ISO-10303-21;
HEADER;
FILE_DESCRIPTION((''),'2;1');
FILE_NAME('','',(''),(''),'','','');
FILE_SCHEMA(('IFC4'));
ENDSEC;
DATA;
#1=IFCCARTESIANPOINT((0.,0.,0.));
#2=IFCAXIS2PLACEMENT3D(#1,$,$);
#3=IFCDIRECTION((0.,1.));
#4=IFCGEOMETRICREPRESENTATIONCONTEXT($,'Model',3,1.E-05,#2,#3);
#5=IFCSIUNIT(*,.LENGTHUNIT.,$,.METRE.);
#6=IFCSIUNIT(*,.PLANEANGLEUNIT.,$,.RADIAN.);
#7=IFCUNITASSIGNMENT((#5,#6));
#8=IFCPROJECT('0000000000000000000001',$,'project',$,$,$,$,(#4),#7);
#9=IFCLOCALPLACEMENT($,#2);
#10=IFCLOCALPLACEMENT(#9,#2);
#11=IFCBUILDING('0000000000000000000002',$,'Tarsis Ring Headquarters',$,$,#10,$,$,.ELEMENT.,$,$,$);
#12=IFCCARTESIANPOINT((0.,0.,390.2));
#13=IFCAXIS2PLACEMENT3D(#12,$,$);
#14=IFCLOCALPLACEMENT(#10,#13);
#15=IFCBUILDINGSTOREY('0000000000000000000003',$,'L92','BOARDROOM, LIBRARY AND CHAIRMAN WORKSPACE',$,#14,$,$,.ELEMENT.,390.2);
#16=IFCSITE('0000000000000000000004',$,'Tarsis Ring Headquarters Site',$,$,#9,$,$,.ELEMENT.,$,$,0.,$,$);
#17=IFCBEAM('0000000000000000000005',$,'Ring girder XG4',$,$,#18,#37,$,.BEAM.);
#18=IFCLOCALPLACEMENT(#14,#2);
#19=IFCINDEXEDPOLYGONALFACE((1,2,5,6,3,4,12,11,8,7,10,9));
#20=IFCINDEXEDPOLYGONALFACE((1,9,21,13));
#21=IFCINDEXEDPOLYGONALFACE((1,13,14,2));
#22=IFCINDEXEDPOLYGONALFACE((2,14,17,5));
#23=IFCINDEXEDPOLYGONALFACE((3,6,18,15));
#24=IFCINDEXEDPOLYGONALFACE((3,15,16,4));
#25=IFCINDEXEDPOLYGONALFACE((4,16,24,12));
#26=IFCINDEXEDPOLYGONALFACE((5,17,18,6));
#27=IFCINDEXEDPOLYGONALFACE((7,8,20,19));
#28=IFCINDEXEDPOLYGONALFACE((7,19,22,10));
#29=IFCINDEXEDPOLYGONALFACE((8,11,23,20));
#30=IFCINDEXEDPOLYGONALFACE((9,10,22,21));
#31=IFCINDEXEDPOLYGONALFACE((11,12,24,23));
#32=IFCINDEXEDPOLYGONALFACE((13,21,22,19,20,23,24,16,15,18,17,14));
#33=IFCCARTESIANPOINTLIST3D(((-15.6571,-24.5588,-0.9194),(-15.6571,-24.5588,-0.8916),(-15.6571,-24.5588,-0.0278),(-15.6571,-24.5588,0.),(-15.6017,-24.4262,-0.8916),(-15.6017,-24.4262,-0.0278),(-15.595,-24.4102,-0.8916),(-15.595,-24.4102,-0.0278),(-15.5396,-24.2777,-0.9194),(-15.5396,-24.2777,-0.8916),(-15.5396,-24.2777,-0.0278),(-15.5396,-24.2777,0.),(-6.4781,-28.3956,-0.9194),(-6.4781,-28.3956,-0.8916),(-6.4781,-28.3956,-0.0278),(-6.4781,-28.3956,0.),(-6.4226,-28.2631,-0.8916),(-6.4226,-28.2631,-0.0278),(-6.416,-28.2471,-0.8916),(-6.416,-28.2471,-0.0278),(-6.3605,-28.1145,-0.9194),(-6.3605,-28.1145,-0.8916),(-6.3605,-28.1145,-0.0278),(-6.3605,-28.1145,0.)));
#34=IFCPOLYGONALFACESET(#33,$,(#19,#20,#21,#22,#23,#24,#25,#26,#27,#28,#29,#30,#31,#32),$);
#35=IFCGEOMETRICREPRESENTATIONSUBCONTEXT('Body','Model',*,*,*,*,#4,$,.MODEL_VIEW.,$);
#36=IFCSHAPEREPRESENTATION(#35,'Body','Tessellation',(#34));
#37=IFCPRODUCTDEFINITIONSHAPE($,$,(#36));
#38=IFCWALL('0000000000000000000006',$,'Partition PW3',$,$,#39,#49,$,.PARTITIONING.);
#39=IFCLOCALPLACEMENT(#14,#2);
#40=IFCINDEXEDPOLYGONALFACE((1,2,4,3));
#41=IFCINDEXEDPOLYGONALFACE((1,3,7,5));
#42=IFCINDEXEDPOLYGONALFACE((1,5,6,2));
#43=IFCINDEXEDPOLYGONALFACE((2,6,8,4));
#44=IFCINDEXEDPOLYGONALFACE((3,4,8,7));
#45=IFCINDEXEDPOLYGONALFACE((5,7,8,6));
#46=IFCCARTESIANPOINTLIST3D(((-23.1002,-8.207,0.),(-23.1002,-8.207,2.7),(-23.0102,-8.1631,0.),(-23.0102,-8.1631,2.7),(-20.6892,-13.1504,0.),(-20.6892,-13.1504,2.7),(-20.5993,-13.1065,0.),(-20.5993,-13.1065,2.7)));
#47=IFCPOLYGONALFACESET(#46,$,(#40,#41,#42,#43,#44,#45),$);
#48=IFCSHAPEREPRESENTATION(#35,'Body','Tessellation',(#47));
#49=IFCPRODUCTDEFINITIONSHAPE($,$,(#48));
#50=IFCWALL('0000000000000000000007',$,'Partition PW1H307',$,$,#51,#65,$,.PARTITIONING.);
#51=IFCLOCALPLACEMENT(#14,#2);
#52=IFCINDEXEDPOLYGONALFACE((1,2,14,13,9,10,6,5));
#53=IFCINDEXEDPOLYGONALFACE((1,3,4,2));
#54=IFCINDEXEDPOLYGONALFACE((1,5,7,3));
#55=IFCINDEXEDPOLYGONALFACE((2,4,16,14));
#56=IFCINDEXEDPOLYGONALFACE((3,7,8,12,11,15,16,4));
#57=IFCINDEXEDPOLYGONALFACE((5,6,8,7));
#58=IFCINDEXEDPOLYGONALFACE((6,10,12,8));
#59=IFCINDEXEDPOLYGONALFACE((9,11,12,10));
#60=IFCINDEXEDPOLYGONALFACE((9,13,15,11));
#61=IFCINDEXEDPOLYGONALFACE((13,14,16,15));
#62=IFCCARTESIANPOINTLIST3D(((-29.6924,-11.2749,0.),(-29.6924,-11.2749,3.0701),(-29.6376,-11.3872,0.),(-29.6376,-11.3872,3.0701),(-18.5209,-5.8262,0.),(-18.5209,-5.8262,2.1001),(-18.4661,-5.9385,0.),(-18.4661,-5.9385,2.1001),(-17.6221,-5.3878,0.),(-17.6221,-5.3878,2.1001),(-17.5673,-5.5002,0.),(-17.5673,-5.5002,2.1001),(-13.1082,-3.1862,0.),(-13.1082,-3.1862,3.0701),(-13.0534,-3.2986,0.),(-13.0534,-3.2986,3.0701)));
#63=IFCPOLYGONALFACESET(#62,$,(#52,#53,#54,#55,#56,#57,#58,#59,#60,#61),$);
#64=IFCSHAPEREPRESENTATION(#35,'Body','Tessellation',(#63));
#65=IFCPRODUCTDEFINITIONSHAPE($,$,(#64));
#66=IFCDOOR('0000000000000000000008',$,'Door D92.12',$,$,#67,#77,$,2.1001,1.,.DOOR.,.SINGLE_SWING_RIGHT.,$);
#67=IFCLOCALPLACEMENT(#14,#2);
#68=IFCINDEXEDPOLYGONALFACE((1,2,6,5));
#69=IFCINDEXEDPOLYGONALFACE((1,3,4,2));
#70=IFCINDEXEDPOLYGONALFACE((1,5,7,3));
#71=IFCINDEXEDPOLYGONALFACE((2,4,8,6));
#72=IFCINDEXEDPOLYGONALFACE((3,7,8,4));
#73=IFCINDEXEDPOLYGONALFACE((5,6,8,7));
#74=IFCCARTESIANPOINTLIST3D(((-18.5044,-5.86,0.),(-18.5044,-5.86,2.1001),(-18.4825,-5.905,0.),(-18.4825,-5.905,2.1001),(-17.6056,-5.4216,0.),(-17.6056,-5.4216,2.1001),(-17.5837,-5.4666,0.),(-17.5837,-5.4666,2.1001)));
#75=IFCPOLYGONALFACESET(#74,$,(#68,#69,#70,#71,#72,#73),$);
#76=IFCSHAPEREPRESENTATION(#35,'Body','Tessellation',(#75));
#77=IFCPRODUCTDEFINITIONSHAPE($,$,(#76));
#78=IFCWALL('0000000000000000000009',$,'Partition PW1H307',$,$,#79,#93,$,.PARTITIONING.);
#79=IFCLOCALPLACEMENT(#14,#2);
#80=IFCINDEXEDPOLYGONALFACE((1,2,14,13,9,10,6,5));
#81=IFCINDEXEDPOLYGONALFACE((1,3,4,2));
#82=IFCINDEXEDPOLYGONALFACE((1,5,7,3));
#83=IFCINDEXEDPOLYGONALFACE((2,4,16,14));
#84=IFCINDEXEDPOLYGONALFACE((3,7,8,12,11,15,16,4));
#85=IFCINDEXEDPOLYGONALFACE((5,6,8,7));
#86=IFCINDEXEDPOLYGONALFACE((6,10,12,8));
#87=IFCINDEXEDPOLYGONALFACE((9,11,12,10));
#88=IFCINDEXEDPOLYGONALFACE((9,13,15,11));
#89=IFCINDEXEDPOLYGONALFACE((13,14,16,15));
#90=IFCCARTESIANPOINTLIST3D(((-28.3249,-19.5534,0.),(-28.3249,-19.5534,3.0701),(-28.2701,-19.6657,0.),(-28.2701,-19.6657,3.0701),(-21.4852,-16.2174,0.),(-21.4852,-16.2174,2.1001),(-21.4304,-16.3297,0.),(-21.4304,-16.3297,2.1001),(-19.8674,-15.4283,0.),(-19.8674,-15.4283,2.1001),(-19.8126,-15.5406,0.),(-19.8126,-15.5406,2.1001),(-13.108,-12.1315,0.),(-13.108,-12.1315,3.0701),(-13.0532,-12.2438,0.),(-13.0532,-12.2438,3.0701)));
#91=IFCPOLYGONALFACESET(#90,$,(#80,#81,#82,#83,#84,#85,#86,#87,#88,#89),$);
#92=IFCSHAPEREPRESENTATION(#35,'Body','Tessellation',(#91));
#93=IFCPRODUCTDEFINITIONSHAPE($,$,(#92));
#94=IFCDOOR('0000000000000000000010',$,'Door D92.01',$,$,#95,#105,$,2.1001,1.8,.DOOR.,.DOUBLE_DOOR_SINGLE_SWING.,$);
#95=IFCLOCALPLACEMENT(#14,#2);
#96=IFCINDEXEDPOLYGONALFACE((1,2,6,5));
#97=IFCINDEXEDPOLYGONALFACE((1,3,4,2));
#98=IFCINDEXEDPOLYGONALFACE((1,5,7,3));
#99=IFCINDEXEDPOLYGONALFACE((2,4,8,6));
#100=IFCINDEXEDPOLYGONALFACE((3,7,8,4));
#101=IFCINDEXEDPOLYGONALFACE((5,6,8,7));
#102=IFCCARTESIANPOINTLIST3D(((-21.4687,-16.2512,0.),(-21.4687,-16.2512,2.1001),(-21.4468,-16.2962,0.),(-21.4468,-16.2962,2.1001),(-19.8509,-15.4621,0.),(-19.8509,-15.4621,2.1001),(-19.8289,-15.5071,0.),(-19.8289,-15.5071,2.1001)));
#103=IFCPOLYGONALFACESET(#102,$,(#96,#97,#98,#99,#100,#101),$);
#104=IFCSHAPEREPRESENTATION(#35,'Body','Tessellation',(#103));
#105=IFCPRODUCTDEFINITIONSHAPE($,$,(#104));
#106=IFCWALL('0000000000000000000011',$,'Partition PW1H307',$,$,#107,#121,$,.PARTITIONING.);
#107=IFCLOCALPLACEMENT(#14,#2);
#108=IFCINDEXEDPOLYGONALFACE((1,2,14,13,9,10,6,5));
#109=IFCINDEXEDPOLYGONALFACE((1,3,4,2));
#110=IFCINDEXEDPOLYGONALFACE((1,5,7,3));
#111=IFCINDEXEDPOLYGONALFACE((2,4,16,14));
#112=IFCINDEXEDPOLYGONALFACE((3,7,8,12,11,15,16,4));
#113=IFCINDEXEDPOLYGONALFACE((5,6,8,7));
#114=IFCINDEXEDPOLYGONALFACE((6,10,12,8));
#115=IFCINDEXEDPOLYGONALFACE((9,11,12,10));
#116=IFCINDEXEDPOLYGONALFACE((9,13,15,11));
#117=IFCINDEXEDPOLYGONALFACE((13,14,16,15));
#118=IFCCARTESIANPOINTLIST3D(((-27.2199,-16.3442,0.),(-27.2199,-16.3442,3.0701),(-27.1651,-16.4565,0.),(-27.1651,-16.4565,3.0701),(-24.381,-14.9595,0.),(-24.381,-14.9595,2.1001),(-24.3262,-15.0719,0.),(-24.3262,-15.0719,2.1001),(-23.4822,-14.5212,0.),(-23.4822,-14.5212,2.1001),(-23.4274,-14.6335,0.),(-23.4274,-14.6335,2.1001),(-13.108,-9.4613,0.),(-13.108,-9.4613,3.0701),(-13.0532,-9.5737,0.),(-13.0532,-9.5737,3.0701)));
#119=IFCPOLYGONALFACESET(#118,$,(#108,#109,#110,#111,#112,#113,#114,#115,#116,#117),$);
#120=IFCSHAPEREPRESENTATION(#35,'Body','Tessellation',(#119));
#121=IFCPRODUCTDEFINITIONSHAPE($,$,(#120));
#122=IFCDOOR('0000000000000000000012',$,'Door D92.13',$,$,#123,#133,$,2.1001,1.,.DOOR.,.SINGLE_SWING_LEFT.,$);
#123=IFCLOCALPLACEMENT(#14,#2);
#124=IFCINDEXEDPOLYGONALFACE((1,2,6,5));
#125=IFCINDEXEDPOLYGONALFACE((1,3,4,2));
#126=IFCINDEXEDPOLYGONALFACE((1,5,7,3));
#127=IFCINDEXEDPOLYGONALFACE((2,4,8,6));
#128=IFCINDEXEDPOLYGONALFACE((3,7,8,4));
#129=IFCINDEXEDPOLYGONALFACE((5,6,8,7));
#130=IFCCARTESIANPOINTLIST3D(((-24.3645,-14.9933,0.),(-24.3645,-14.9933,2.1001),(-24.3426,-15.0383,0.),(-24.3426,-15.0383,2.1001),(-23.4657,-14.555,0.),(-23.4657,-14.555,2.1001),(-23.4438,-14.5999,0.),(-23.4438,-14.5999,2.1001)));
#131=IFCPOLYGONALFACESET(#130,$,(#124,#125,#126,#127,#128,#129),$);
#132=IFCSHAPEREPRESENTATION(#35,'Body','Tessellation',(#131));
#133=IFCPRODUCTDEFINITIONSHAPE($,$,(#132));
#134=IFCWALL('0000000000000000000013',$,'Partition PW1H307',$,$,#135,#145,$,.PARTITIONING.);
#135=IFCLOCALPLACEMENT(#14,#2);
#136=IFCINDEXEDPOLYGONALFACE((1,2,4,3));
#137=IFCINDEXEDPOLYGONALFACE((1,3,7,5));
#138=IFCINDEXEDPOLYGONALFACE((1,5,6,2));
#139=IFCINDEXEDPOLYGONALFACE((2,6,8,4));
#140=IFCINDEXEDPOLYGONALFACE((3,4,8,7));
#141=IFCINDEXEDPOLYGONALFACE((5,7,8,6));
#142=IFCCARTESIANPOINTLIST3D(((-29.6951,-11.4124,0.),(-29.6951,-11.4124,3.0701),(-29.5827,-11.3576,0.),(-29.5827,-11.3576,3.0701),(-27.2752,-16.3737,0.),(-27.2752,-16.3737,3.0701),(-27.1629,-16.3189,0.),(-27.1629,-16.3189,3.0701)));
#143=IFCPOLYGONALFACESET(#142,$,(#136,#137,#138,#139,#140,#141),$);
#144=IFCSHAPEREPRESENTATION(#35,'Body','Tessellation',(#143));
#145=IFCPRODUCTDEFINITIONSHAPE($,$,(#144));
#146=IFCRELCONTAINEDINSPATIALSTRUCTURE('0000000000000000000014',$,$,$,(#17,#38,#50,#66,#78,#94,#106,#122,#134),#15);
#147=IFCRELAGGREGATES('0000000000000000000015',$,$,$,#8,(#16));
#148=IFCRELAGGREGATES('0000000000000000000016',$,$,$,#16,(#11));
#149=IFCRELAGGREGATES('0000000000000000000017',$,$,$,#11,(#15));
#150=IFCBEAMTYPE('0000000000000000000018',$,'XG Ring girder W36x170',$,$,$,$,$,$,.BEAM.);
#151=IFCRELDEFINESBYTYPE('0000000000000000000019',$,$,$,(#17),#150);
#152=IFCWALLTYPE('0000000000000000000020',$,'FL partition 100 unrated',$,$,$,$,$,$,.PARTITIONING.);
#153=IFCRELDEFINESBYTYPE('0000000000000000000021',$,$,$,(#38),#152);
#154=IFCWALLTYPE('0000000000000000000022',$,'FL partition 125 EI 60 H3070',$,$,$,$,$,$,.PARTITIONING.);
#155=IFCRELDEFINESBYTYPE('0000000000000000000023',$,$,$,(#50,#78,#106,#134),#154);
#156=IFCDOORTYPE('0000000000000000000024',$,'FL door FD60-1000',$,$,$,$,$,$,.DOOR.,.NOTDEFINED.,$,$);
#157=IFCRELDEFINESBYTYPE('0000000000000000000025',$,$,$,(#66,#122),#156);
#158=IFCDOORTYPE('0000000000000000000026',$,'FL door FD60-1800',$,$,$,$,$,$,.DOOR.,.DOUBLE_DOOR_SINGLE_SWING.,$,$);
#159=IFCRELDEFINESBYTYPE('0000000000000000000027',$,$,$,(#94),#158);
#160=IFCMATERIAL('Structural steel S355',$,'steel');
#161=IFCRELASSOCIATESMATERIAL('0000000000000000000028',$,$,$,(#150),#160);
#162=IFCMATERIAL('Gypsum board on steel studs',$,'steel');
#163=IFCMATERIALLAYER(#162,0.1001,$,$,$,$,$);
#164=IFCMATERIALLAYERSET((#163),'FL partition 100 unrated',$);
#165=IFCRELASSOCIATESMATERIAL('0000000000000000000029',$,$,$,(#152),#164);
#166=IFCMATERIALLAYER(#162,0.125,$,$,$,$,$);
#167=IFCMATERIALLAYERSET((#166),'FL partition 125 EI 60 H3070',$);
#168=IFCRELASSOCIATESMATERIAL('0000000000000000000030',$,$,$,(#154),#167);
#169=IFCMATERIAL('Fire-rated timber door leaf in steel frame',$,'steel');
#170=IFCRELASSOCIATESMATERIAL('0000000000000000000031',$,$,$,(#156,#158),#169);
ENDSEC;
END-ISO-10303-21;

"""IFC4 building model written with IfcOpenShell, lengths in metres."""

from ifc_helpers import new_model, si_unit, direction, frame, frame_2d, origin, origin_2d, place, context, subcontext, project, spatial, rectangle, i_section, extrude, material, layer, layer_set, material_profile, profile_set, type_object, element, fill, save


model = new_model("IFC4")

# Units and contexts
model_context = context("Model", 3, precision=1e-05, world=origin(), true_north=direction((0.0, 1.0)))
body_context = subcontext(model_context, "Body", "Model", "MODEL_VIEW")
ifc_project = project(units=[si_unit("LENGTHUNIT", "METRE"), si_unit("PLANEANGLEUNIT", "RADIAN")], contexts=[model_context])

# Site, building, storey
site_placement = place(None, origin())
site = spatial("IfcSite", under=ifc_project, at=site_placement, Name="Tarsis Ring Headquarters Site", CompositionType="ELEMENT", RefElevation=0.0)
building_placement = place(site_placement, origin())
building = spatial("IfcBuilding", under=site, at=building_placement, Name="Tarsis Ring Headquarters", CompositionType="ELEMENT")
storey_placement = place(building_placement, frame((0.0, 0.0, 390.2)))
storey = spatial("IfcBuildingStorey", under=building, at=storey_placement, Name="L92", Description="BOARDROOM, LIBRARY AND CHAIRMAN WORKSPACE", CompositionType="ELEMENT", Elevation=390.2)

# Shared definitions
ifc_material_1 = material(Name="Structural steel S355", Category="steel")

# Beam
ifc_material_profile_1 = material_profile(ifc_material_1, i_section(OverallWidth=0.3047, OverallDepth=0.9194, WebThickness=0.0173, FlangeThickness=0.0278, at=origin_2d()), Name="W36x170")
ifc_profile_set_1 = profile_set([ifc_material_profile_1], Name="Structural steel S355")
beam_type = type_object("IfcBeamType", Name="XG Ring girder W36x170", PredefinedType="BEAM", material=ifc_profile_set_1)
beam_1_placement = place(storey_placement, frame((-15.5984, -24.4182, -0.4597), z_axis=(0.922639, -0.385664, 0.0), x_axis=(0.385664, 0.922639, 0.0)))
element("IfcBeam", 1, at=beam_1_placement, inside=storey, type_object=beam_type, Name="Ring girder XG4", PredefinedType="BEAM", context=body_context, shape_type="SweptSolid", body=[
    extrude(i_section(OverallWidth=0.3047, OverallDepth=0.9194, WebThickness=0.0173, FlangeThickness=0.0278, at=origin_2d()), origin(), (0.0, 0.0, 1.0), 9.9487),
])

# Wall
ifc_material_2 = material(Name="Gypsum board on steel studs", Category="steel")
ifc_layer_1 = layer(ifc_material_2, 0.1001)
ifc_layer_set_1 = layer_set([ifc_layer_1], Name="FL partition 100 unrated")
wall_type_1 = type_object("IfcWallType", Name="FL partition 100 unrated", PredefinedType="PARTITIONING", material=ifc_layer_set_1)
wall_1_placement = place(storey_placement, frame((-23.0552, -8.1851, 0.0), z_axis=(0.0, 0.0, 1.0), x_axis=(0.438349, -0.898805, 0.0)))
element("IfcWall", 2, at=wall_1_placement, inside=storey, type_object=wall_type_1, Name="Partition PW3", PredefinedType="PARTITIONING", context=body_context, shape_type="SweptSolid", body=[
    extrude(rectangle(XDim=5.5, YDim=0.1001, at=frame_2d((2.75, 0.0))), origin(), (0.0, 0.0, 1.0), 2.7),
])

# Walls, openings, doors
ifc_layer_2 = layer(ifc_material_2, 0.125)
ifc_layer_set_2 = layer_set([ifc_layer_2], Name="FL partition 125 EI 60 H3070")
wall_type_2 = type_object("IfcWallType", Name="FL partition 125 EI 60 H3070", PredefinedType="PARTITIONING", material=ifc_layer_set_2)
wall_2_placement = place(storey_placement, frame((-29.665, -11.3311, 0.0), z_axis=(0.0, 0.0, 1.0), x_axis=(0.898795, 0.438369, 0.0)))
wall_2 = element("IfcWall", 3, at=wall_2_placement, inside=storey, type_object=wall_type_2, Name="Partition PW1H307", PredefinedType="PARTITIONING", context=body_context, shape_type="SweptSolid", body=[
    extrude(rectangle(XDim=18.4517, YDim=0.125, at=frame_2d((9.2258, 0.0))), origin(), (0.0, 0.0, 1.0), 3.0701),
])
opening_1_placement = place(wall_2_placement, frame((12.4294, 0.0, 0.0)))
opening_1 = element("IfcOpeningElement", 4, at=opening_1_placement, cuts=wall_2, PredefinedType="OPENING", context=body_context, shape_type="SweptSolid", body=[
    extrude(rectangle(XDim=1.0, YDim=2.1001, at=frame_2d((0.5, 1.05))), frame((0.0, 0.0725, 0.0), z_axis=(0.0, -1.0, 0.0), x_axis=(1.0, 0.0, 0.0)), (0.0, 0.0, 1.0), 0.145),
])
ifc_material_3 = material(Name="Fire-rated timber door leaf in steel frame", Category="steel")
door_type_1 = type_object("IfcDoorType", Name="FL door FD60-1000", OperationType="NOTDEFINED", PredefinedType="DOOR", material=ifc_material_3)
door_1_placement = place(opening_1_placement, origin())
door_1 = element("IfcDoor", 5, at=door_1_placement, inside=storey, type_object=door_type_1, Name="Door D92.12", OperationType="SINGLE_SWING_RIGHT", OverallHeight=2.1001, OverallWidth=1.0, PredefinedType="DOOR", context=body_context, shape_type="SweptSolid", body=[
    extrude(rectangle(XDim=1.0, YDim=2.1001, at=frame_2d((0.5, 1.05))), frame((0.0, 0.0249, 0.0), z_axis=(0.0, -1.0, 0.0), x_axis=(1.0, 0.0, 0.0)), (0.0, 0.0, 1.0), 0.05),
])
fill(opening_1, door_1)
wall_3_placement = place(storey_placement, frame((-28.2976, -19.6096, 0.0), z_axis=(0.0, 0.0, 1.0), x_axis=(0.898791, 0.438378, 0.0)))
wall_3 = element("IfcWall", 6, at=wall_3_placement, inside=storey, type_object=wall_type_2, Name="Partition PW1H307", PredefinedType="PARTITIONING", context=body_context, shape_type="SweptSolid", body=[
    extrude(rectangle(XDim=16.9304, YDim=0.125, at=frame_2d((8.4653, 0.0))), origin(), (0.0, 0.0, 1.0), 3.0701),
])
opening_2_placement = place(wall_3_placement, frame((7.6101, 0.0, 0.0)))
opening_2 = element("IfcOpeningElement", 7, at=opening_2_placement, cuts=wall_3, PredefinedType="OPENING", context=body_context, shape_type="SweptSolid", body=[
    extrude(rectangle(XDim=1.8, YDim=2.1001, at=frame_2d((0.8999, 1.05))), frame((0.0, 0.0725, 0.0), z_axis=(0.0, -1.0, 0.0), x_axis=(1.0, 0.0, 0.0)), (0.0, 0.0, 1.0), 0.145),
])
door_type_2 = type_object("IfcDoorType", Name="FL door FD60-1800", OperationType="DOUBLE_DOOR_SINGLE_SWING", PredefinedType="DOOR", material=ifc_material_3)
door_2_placement = place(opening_2_placement, origin())
door_2 = element("IfcDoor", 8, at=door_2_placement, inside=storey, type_object=door_type_2, Name="Door D92.01", OperationType="DOUBLE_DOOR_SINGLE_SWING", OverallHeight=2.1001, OverallWidth=1.8, PredefinedType="DOOR", context=body_context, shape_type="SweptSolid", body=[
    extrude(rectangle(XDim=1.8, YDim=2.1001, at=frame_2d((0.8999, 1.05))), frame((0.0, 0.0249, 0.0), z_axis=(0.0, -1.0, 0.0), x_axis=(1.0, 0.0, 0.0)), (0.0, 0.0, 1.0), 0.05),
])
fill(opening_2, door_2)
wall_4_placement = place(storey_placement, frame((-27.1926, -16.4004, 0.0), z_axis=(0.0, 0.0, 1.0), x_axis=(0.898794, 0.438372, 0.0)))
wall_4 = element("IfcWall", 9, at=wall_4_placement, inside=storey, type_object=wall_type_2, Name="Partition PW1H307", PredefinedType="PARTITIONING", context=body_context, shape_type="SweptSolid", body=[
    extrude(rectangle(XDim=15.7009, YDim=0.125, at=frame_2d((7.8506, 0.0))), origin(), (0.0, 0.0, 1.0), 3.0701),
])
opening_3_placement = place(wall_4_placement, frame((3.1587, 0.0, 0.0)))
opening_3 = element("IfcOpeningElement", 10, at=opening_3_placement, cuts=wall_4, PredefinedType="OPENING", context=body_context, shape_type="SweptSolid", body=[
    extrude(rectangle(XDim=1.0, YDim=2.1001, at=frame_2d((0.5, 1.05))), frame((0.0, 0.0725, 0.0), z_axis=(0.0, -1.0, 0.0), x_axis=(1.0, 0.0, 0.0)), (0.0, 0.0, 1.0), 0.145),
])
door_3_placement = place(opening_3_placement, origin())
door_3 = element("IfcDoor", 11, at=door_3_placement, inside=storey, type_object=door_type_1, Name="Door D92.13", OperationType="SINGLE_SWING_LEFT", OverallHeight=2.1001, OverallWidth=1.0, PredefinedType="DOOR", context=body_context, shape_type="SweptSolid", body=[
    extrude(rectangle(XDim=1.0, YDim=2.1001, at=frame_2d((0.5, 1.05))), frame((0.0, 0.0249, 0.0), z_axis=(0.0, -1.0, 0.0), x_axis=(1.0, 0.0, 0.0)), (0.0, 0.0, 1.0), 0.05),
])
fill(opening_3, door_3)

# Wall
wall_5_placement = place(storey_placement, frame((-29.6389, -11.385, 0.0), z_axis=(0.0, 0.0, 1.0), x_axis=(0.438382, -0.898789, 0.0)))
element("IfcWall", 12, at=wall_5_placement, inside=storey, type_object=wall_type_2, Name="Partition PW1H307", PredefinedType="PARTITIONING", context=body_context, shape_type="SweptSolid", body=[
    extrude(rectangle(XDim=5.52, YDim=0.125, at=frame_2d((2.76, 0.0))), origin(), (0.0, 0.0, 1.0), 3.0701),
])

save(model, "model.ifc")
